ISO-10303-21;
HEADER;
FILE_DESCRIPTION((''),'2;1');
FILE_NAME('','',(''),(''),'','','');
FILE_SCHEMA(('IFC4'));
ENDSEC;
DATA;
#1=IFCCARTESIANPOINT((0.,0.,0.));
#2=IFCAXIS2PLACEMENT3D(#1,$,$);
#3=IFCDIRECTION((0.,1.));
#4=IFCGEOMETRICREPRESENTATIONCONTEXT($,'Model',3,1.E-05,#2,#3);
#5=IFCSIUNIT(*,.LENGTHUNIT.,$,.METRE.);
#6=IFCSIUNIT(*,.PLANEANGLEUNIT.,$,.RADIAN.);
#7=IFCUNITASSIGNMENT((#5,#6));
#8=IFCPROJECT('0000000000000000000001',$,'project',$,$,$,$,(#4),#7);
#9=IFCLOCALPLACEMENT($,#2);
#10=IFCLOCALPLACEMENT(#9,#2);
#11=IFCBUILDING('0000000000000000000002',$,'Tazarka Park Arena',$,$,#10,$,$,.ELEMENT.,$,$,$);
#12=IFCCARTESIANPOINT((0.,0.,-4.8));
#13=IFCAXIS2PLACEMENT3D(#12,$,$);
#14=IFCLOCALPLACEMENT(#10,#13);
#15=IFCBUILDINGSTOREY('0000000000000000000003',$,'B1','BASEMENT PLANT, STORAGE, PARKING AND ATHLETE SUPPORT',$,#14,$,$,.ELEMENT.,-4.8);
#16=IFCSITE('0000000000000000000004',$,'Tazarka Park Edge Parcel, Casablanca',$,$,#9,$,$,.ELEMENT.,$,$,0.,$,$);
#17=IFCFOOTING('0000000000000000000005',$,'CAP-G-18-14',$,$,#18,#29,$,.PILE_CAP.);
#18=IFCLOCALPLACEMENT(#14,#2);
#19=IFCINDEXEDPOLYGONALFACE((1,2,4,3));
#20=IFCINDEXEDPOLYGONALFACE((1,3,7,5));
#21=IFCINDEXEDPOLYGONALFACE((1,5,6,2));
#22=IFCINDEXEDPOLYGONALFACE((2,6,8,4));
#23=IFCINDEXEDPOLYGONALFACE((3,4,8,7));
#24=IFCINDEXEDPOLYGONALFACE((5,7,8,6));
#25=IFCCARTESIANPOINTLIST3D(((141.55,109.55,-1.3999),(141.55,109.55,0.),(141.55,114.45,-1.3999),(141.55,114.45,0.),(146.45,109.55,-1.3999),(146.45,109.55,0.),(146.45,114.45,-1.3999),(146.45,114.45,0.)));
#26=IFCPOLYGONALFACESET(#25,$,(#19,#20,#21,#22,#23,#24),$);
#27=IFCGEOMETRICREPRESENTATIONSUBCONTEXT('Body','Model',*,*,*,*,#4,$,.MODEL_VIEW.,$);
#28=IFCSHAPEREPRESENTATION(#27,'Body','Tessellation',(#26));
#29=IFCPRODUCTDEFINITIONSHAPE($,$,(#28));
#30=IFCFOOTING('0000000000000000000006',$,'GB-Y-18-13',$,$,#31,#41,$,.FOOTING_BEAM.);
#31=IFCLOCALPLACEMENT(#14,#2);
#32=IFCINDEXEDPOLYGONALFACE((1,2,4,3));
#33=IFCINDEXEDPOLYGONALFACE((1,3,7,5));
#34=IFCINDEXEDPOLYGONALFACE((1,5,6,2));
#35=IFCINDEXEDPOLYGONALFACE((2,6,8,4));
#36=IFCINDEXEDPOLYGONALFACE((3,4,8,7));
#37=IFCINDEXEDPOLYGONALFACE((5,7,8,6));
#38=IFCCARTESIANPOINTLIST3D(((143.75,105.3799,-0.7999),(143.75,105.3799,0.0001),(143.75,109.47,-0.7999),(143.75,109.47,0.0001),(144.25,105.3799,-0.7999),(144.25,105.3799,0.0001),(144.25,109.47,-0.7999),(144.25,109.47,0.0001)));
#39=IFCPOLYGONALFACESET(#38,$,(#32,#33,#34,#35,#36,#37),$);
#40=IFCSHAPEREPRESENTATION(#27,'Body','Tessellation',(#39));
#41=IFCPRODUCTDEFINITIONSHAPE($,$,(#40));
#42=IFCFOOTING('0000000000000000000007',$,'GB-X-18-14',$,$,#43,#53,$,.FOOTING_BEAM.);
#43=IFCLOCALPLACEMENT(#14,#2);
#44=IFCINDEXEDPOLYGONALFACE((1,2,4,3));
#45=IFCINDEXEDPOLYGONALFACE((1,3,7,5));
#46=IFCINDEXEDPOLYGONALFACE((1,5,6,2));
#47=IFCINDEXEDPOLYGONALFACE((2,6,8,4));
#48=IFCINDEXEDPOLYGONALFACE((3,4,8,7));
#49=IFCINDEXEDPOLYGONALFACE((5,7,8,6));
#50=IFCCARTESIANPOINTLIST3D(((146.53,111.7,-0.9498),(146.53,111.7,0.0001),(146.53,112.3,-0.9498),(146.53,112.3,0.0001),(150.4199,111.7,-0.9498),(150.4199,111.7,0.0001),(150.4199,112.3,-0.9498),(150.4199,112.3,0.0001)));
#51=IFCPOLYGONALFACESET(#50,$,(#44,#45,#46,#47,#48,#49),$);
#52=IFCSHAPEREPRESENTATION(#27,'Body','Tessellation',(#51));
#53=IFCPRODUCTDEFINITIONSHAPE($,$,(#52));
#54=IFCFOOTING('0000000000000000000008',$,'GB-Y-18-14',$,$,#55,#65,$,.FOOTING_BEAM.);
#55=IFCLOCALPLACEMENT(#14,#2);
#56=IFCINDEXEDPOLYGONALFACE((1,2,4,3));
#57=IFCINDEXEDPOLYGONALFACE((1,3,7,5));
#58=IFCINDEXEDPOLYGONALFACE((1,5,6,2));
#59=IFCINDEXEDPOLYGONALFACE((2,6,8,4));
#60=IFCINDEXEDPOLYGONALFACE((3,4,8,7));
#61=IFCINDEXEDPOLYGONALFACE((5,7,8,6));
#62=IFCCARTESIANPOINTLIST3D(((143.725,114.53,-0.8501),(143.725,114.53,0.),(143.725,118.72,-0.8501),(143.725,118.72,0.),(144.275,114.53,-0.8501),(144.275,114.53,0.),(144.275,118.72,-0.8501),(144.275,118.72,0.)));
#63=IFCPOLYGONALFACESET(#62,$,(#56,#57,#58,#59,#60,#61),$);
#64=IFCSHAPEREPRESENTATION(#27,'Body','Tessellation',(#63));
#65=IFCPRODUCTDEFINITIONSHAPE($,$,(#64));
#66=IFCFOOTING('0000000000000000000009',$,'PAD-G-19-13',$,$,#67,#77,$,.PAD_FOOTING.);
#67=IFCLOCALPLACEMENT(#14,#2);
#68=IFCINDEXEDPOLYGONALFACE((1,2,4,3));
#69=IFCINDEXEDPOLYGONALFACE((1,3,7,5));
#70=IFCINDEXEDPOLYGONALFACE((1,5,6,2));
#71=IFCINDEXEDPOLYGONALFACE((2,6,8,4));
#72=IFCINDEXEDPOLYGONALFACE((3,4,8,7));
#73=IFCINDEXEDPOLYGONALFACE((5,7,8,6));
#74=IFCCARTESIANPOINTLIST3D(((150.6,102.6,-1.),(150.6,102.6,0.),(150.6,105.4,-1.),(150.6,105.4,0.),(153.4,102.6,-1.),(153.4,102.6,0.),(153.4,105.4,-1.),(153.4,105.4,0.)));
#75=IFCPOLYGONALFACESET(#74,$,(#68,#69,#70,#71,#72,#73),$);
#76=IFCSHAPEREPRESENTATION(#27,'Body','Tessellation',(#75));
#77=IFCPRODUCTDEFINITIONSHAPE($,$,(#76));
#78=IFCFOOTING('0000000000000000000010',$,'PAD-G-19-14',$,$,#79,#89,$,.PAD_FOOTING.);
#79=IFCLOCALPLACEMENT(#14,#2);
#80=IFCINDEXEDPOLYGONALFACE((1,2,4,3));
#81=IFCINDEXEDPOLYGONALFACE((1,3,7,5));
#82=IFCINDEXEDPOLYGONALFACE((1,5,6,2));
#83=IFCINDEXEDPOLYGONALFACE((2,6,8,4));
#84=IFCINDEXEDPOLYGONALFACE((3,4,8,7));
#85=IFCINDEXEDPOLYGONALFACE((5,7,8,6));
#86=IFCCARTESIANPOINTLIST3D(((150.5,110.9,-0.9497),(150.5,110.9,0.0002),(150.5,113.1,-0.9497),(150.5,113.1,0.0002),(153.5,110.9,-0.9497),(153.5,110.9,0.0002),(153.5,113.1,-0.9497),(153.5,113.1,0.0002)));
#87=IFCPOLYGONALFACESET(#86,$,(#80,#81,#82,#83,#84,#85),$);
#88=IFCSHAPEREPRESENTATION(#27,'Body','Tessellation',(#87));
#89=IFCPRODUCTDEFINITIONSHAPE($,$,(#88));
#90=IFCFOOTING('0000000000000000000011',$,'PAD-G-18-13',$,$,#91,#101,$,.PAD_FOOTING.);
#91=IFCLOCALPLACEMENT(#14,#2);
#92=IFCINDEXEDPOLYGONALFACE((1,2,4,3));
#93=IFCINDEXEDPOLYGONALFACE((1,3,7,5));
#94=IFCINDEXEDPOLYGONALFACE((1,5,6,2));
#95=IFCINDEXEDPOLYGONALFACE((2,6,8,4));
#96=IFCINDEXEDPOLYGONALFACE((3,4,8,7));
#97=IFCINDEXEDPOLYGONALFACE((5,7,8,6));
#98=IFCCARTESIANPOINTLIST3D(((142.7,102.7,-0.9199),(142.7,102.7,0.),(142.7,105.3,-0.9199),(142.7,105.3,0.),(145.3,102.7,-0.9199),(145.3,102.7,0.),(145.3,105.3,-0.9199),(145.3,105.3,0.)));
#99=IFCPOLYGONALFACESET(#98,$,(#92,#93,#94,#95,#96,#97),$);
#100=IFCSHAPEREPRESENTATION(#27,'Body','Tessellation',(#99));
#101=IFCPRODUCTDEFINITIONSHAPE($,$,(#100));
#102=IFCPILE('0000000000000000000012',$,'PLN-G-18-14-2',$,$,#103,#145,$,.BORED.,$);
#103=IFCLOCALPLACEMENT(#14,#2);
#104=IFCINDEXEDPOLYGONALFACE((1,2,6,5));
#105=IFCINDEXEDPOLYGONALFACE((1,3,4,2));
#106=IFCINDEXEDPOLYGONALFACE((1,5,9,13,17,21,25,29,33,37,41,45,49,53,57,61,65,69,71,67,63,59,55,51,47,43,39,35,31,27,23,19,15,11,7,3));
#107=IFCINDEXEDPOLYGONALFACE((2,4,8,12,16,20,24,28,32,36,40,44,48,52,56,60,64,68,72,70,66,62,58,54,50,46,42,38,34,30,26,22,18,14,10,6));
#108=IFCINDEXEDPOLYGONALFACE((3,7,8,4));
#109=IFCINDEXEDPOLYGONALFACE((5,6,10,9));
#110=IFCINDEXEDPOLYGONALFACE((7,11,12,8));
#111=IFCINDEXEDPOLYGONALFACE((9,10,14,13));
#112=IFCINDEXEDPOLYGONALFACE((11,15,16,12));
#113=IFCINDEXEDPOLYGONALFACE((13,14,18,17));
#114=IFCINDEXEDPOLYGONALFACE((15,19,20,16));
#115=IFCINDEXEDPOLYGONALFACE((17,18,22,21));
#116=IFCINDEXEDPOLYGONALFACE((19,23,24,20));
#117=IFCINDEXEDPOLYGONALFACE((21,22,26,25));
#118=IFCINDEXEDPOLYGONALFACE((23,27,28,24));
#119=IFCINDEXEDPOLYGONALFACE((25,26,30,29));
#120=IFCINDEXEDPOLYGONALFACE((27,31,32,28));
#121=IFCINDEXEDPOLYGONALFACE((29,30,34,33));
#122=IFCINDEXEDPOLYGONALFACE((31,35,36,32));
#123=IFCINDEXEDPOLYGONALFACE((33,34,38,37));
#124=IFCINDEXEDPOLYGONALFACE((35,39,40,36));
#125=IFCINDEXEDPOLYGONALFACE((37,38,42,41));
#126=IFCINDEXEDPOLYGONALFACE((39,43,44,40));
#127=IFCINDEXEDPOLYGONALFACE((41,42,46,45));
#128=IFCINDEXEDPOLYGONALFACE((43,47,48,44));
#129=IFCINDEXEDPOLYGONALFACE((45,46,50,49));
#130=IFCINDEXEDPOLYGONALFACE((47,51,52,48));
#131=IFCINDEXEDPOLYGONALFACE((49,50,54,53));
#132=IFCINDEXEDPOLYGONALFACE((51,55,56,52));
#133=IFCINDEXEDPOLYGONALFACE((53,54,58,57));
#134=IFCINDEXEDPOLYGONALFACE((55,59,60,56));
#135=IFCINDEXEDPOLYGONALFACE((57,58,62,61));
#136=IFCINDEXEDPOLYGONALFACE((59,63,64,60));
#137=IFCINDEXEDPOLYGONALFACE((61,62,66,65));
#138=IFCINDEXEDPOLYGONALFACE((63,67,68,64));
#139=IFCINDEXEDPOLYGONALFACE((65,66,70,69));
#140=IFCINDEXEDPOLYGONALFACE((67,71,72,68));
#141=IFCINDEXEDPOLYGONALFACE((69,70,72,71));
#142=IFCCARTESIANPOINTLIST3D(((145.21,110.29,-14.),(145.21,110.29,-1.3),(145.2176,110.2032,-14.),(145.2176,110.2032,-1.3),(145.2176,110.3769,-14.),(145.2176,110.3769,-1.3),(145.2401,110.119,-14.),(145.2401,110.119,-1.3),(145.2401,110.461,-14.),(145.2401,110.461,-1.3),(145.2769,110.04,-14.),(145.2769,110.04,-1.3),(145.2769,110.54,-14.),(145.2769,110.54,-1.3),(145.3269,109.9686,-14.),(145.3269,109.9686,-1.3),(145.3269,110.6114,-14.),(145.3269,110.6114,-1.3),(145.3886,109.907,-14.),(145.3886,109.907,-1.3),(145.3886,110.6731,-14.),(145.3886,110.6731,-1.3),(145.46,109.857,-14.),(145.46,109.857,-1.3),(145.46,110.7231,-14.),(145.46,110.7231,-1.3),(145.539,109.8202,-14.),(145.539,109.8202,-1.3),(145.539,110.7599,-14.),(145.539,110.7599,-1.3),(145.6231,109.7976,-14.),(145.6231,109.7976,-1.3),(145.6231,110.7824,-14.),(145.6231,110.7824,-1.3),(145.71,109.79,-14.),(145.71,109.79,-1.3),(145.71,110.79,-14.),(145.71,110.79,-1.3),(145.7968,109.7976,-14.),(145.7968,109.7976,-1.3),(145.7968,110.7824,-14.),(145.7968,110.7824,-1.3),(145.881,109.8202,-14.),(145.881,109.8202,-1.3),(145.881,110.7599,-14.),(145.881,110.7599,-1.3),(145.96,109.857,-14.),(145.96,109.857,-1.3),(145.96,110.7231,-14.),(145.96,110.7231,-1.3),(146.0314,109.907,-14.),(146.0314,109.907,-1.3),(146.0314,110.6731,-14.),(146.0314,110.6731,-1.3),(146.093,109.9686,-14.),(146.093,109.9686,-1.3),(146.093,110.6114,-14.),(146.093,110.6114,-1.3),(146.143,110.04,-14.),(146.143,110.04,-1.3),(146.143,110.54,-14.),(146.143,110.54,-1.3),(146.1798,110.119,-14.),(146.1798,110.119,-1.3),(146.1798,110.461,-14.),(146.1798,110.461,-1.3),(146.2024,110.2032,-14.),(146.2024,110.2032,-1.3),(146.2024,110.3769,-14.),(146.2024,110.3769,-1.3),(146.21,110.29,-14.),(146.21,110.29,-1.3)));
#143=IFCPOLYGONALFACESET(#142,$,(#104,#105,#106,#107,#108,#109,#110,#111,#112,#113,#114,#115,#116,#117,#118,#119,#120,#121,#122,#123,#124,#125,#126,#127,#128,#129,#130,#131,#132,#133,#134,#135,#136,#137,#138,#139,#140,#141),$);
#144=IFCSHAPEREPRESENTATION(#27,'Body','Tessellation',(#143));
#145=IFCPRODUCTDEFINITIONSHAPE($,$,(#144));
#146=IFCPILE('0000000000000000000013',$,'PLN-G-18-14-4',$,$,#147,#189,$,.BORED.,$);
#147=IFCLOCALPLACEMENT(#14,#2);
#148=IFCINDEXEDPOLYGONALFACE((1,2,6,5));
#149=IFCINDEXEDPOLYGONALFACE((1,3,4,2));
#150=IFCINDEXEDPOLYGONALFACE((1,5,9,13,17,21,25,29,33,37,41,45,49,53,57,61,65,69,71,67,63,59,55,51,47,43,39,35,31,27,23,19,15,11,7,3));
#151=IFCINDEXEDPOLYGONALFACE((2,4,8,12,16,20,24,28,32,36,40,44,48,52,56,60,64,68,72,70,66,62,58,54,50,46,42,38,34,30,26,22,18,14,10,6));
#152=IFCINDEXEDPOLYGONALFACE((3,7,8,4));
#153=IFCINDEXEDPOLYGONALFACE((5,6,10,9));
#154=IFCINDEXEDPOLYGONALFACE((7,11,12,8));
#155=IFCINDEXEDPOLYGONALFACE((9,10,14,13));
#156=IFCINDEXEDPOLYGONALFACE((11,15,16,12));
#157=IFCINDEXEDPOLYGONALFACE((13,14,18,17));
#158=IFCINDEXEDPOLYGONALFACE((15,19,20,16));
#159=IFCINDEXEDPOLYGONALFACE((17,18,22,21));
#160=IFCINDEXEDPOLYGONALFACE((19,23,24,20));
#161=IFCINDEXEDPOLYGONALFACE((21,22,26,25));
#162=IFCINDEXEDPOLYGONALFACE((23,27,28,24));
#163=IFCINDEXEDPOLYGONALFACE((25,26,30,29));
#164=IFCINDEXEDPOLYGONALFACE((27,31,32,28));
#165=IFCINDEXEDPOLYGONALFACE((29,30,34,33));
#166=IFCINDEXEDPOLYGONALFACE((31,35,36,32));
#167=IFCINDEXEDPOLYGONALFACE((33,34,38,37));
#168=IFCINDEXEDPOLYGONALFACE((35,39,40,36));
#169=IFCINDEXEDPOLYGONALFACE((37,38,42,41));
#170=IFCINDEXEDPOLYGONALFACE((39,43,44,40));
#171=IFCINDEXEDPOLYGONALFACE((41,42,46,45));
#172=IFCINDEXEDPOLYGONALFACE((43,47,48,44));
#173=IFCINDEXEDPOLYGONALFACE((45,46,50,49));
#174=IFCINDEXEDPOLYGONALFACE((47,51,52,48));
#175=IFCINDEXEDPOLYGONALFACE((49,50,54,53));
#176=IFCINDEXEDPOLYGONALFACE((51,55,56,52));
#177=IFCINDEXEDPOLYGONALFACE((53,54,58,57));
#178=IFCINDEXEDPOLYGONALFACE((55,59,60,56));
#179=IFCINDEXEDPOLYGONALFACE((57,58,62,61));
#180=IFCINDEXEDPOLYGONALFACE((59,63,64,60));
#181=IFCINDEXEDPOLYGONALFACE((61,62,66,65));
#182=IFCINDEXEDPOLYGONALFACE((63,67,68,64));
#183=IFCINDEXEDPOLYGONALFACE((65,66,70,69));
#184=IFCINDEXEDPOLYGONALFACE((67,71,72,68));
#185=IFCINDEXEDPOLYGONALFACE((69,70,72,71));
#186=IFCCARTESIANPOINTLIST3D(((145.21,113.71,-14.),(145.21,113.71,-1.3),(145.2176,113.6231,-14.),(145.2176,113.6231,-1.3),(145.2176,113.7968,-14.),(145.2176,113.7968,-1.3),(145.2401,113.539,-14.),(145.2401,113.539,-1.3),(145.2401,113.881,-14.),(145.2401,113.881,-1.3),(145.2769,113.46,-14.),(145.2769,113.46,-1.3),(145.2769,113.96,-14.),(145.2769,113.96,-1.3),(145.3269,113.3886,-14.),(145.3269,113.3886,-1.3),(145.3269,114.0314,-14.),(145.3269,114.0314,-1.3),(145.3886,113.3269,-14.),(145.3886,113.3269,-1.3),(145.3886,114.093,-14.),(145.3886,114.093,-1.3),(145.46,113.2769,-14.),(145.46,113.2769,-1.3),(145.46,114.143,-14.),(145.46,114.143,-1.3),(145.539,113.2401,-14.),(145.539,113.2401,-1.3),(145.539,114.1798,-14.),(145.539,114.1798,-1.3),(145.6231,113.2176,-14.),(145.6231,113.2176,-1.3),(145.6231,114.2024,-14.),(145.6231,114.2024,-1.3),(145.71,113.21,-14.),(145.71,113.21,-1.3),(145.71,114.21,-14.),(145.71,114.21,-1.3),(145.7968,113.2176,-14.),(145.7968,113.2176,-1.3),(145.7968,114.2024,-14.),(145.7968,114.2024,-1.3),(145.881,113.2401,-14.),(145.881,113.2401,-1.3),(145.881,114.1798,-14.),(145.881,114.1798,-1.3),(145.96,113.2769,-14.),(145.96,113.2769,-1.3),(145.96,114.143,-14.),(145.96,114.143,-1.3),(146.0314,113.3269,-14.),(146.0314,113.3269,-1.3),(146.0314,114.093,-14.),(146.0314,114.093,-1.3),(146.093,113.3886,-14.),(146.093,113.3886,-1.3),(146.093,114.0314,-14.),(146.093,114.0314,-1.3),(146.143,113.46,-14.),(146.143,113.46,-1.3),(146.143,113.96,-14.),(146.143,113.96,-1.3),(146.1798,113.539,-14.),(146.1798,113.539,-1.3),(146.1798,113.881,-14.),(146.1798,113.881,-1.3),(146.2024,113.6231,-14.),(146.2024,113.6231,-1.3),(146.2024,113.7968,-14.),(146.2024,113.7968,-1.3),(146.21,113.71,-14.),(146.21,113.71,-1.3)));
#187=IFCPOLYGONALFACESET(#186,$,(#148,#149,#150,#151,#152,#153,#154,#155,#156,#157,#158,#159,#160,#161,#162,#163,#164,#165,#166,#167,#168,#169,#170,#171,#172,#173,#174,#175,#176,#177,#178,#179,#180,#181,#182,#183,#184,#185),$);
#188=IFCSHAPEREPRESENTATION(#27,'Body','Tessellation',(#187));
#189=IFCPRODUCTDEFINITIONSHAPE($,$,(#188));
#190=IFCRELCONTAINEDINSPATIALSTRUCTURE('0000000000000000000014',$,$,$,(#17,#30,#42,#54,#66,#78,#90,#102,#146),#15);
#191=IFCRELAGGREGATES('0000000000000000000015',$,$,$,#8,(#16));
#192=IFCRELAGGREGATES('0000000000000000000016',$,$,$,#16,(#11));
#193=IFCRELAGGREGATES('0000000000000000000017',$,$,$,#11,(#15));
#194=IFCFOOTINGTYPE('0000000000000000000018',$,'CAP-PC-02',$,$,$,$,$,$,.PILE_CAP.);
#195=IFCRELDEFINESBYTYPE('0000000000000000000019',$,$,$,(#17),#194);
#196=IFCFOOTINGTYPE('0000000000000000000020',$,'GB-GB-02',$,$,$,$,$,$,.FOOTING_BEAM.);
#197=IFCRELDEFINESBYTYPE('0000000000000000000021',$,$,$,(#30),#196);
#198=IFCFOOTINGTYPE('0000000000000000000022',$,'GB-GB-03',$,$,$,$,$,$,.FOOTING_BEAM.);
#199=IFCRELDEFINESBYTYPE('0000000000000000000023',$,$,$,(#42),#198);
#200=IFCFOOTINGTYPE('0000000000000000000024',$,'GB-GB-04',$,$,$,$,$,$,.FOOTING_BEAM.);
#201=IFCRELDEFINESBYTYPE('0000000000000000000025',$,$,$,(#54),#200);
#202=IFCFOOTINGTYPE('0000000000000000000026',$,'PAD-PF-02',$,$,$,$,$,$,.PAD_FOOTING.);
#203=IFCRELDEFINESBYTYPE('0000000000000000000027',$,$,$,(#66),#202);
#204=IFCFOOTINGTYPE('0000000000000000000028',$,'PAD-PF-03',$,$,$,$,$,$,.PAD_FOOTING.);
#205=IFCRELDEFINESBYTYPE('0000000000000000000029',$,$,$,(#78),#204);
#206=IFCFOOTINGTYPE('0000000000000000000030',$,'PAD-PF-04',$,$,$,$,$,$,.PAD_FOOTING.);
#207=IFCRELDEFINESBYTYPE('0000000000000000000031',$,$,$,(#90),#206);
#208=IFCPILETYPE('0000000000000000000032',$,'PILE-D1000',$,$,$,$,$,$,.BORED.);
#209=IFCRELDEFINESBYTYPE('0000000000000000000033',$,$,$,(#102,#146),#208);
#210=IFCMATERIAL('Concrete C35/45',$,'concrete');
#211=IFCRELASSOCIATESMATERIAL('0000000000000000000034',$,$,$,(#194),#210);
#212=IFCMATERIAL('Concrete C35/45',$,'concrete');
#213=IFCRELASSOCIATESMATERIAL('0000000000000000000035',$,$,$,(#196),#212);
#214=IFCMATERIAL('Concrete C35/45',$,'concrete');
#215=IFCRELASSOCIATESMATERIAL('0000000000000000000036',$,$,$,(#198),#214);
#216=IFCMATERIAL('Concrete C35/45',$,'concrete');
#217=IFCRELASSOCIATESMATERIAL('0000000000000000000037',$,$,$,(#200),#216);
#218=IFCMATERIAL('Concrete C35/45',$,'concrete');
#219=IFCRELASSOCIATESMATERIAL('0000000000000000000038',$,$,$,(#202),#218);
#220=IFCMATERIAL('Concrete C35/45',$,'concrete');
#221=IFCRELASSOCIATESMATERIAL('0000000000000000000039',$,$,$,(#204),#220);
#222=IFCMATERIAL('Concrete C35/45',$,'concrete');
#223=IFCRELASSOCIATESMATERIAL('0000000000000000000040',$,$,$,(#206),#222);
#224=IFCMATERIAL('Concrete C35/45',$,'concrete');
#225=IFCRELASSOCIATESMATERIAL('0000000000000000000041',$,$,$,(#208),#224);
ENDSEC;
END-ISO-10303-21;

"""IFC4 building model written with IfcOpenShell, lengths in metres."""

from ifc_helpers import new_model, si_unit, direction, frame, origin, origin_2d, place, context, subcontext, project, spatial, rectangle, circle, extrude, material, material_profile, profile_set, type_object, element, save


model = new_model("IFC4")

# Units and contexts
model_context = context("Model", 3, precision=1e-05, world=origin(), true_north=direction((0.0, 1.0)))
body_context = subcontext(model_context, "Body", "Model", "MODEL_VIEW")
ifc_project = project(units=[si_unit("LENGTHUNIT", "METRE"), si_unit("PLANEANGLEUNIT", "RADIAN")], contexts=[model_context])

# Site, building, storey
site_placement = place(None, origin())
site = spatial("IfcSite", under=ifc_project, at=site_placement, Name="Tazarka Park Edge Parcel, Casablanca", CompositionType="ELEMENT", RefElevation=0.0)
building_placement = place(site_placement, origin())
building = spatial("IfcBuilding", under=site, at=building_placement, Name="Tazarka Park Arena", CompositionType="ELEMENT")
storey_placement = place(building_placement, frame((0.0, 0.0, -4.8)))
storey = spatial("IfcBuildingStorey", under=building, at=storey_placement, Name="B1", Description="BASEMENT PLANT, STORAGE, PARKING AND ATHLETE SUPPORT", CompositionType="ELEMENT", Elevation=-4.8)

# Footings
ifc_material_1 = material(Name="Concrete C35/45", Category="concrete")
footing_type_1 = type_object("IfcFootingType", Name="CAP-PC-02", PredefinedType="PILE_CAP", material=ifc_material_1)
footing_1_placement = place(storey_placement, frame((144.0, 112.0, -1.3999), z_axis=(0.0, 0.0, 1.0), x_axis=(1.0, 0.0, 0.0)))
element("IfcFooting", 1, at=footing_1_placement, inside=storey, type_object=footing_type_1, Name="CAP-G-18-14", PredefinedType="PILE_CAP", context=body_context, shape_type="SweptSolid", body=[
    extrude(rectangle(XDim=4.8999, YDim=4.8999, at=origin_2d()), origin(), (0.0, 0.0, 1.0), 1.3999),
])
ifc_material_2 = material(Name="Concrete C35/45", Category="concrete")
ifc_material_profile_1 = material_profile(ifc_material_2, rectangle(XDim=0.5, YDim=0.8, at=origin_2d()), Name="Concrete C35/45")
ifc_profile_set_1 = profile_set([ifc_material_profile_1], Name="Concrete C35/45")
footing_type_2 = type_object("IfcFootingType", Name="GB-GB-02", PredefinedType="FOOTING_BEAM", material=ifc_profile_set_1)
footing_2_placement = place(storey_placement, frame((144.0, 105.3799, -0.3999), z_axis=(0.0, 1.0, 0.0), x_axis=(-1.0, 0.0, 0.0)))
element("IfcFooting", 2, at=footing_2_placement, inside=storey, type_object=footing_type_2, Name="GB-Y-18-13", PredefinedType="FOOTING_BEAM", context=body_context, shape_type="SweptSolid", body=[
    extrude(rectangle(XDim=0.5, YDim=0.8, at=origin_2d()), origin(), (0.0, 0.0, 1.0), 4.0901),
])
ifc_material_3 = material(Name="Concrete C35/45", Category="concrete")
ifc_material_profile_2 = material_profile(ifc_material_3, rectangle(XDim=0.6001, YDim=0.95, at=origin_2d()), Name="Concrete C35/45")
ifc_profile_set_2 = profile_set([ifc_material_profile_2], Name="Concrete C35/45")
footing_type_3 = type_object("IfcFootingType", Name="GB-GB-03", PredefinedType="FOOTING_BEAM", material=ifc_profile_set_2)
footing_3_placement = place(storey_placement, frame((146.53, 112.0, -0.4749), z_axis=(1.0, 0.0, 0.0), x_axis=(0.0, 1.0, 0.0)))
element("IfcFooting", 3, at=footing_3_placement, inside=storey, type_object=footing_type_3, Name="GB-X-18-14", PredefinedType="FOOTING_BEAM", context=body_context, shape_type="SweptSolid", body=[
    extrude(rectangle(XDim=0.6001, YDim=0.95, at=origin_2d()), origin(), (0.0, 0.0, 1.0), 3.8899),
])
ifc_material_4 = material(Name="Concrete C35/45", Category="concrete")
ifc_material_profile_3 = material_profile(ifc_material_4, rectangle(XDim=0.55, YDim=0.8501, at=origin_2d()), Name="Concrete C35/45")
ifc_profile_set_3 = profile_set([ifc_material_profile_3], Name="Concrete C35/45")
footing_type_4 = type_object("IfcFootingType", Name="GB-GB-04", PredefinedType="FOOTING_BEAM", material=ifc_profile_set_3)
footing_4_placement = place(storey_placement, frame((144.0, 114.53, -0.425), z_axis=(0.0, 1.0, 0.0), x_axis=(-1.0, 0.0, 0.0)))
element("IfcFooting", 4, at=footing_4_placement, inside=storey, type_object=footing_type_4, Name="GB-Y-18-14", PredefinedType="FOOTING_BEAM", context=body_context, shape_type="SweptSolid", body=[
    extrude(rectangle(XDim=0.55, YDim=0.8501, at=origin_2d()), origin(), (0.0, 0.0, 1.0), 4.1899),
])
ifc_material_5 = material(Name="Concrete C35/45", Category="concrete")
footing_type_5 = type_object("IfcFootingType", Name="PAD-PF-02", PredefinedType="PAD_FOOTING", material=ifc_material_5)
footing_5_placement = place(storey_placement, frame((152.0, 104.0, -1.0), z_axis=(0.0, 0.0, 1.0), x_axis=(1.0, 0.0, 0.0)))
element("IfcFooting", 5, at=footing_5_placement, inside=storey, type_object=footing_type_5, Name="PAD-G-19-13", PredefinedType="PAD_FOOTING", context=body_context, shape_type="SweptSolid", body=[
    extrude(rectangle(XDim=2.8, YDim=2.8, at=origin_2d()), origin(), (0.0, 0.0, 1.0), 1.0),
])
ifc_material_6 = material(Name="Concrete C35/45", Category="concrete")
footing_type_6 = type_object("IfcFootingType", Name="PAD-PF-03", PredefinedType="PAD_FOOTING", material=ifc_material_6)
footing_6_placement = place(storey_placement, frame((152.0, 112.0, -0.9497), z_axis=(0.0, 0.0, 1.0), x_axis=(1.0, 0.0, 0.0)))
element("IfcFooting", 6, at=footing_6_placement, inside=storey, type_object=footing_type_6, Name="PAD-G-19-14", PredefinedType="PAD_FOOTING", context=body_context, shape_type="SweptSolid", body=[
    extrude(rectangle(XDim=3.0, YDim=2.2, at=origin_2d()), origin(), (0.0, 0.0, 1.0), 0.95),
])
ifc_material_7 = material(Name="Concrete C35/45", Category="concrete")
footing_type_7 = type_object("IfcFootingType", Name="PAD-PF-04", PredefinedType="PAD_FOOTING", material=ifc_material_7)
footing_7_placement = place(storey_placement, frame((144.0, 104.0, -0.9199), z_axis=(0.0, 0.0, 1.0), x_axis=(1.0, 0.0, 0.0)))
element("IfcFooting", 7, at=footing_7_placement, inside=storey, type_object=footing_type_7, Name="PAD-G-18-13", PredefinedType="PAD_FOOTING", context=body_context, shape_type="SweptSolid", body=[
    extrude(rectangle(XDim=2.6001, YDim=2.6001, at=origin_2d()), origin(), (0.0, 0.0, 1.0), 0.9199),
])

# Piles
ifc_material_8 = material(Name="Concrete C35/45", Category="concrete")
ifc_material_profile_4 = material_profile(ifc_material_8, circle(Radius=0.5, at=origin_2d()), Name="Concrete C35/45")
ifc_profile_set_4 = profile_set([ifc_material_profile_4], Name="Concrete C35/45")
pile_type = type_object("IfcPileType", Name="PILE-D1000", PredefinedType="BORED", material=ifc_profile_set_4)
for number, where, z_axis, x_axis, name in (
    (8, (145.71, 110.29, -1.3), (0.0, 0.0, -1.0), (1.0, 0.0, 0.0), "PLN-G-18-14-2"),
    (9, (145.71, 113.71, -1.3), (0.0, 0.0, -1.0), (1.0, 0.0, 0.0), "PLN-G-18-14-4"),
):
    element("IfcPile", number, at=place(storey_placement, frame(where, z_axis=z_axis, x_axis=x_axis)), inside=storey, type_object=pile_type, Name=name, PredefinedType="BORED", context=body_context, shape_type="SweptSolid", body=[
        extrude(circle(Radius=0.5, at=origin_2d()), origin(), (0.0, 0.0, 1.0), 12.7),
    ])

save(model, "model.ifc")
